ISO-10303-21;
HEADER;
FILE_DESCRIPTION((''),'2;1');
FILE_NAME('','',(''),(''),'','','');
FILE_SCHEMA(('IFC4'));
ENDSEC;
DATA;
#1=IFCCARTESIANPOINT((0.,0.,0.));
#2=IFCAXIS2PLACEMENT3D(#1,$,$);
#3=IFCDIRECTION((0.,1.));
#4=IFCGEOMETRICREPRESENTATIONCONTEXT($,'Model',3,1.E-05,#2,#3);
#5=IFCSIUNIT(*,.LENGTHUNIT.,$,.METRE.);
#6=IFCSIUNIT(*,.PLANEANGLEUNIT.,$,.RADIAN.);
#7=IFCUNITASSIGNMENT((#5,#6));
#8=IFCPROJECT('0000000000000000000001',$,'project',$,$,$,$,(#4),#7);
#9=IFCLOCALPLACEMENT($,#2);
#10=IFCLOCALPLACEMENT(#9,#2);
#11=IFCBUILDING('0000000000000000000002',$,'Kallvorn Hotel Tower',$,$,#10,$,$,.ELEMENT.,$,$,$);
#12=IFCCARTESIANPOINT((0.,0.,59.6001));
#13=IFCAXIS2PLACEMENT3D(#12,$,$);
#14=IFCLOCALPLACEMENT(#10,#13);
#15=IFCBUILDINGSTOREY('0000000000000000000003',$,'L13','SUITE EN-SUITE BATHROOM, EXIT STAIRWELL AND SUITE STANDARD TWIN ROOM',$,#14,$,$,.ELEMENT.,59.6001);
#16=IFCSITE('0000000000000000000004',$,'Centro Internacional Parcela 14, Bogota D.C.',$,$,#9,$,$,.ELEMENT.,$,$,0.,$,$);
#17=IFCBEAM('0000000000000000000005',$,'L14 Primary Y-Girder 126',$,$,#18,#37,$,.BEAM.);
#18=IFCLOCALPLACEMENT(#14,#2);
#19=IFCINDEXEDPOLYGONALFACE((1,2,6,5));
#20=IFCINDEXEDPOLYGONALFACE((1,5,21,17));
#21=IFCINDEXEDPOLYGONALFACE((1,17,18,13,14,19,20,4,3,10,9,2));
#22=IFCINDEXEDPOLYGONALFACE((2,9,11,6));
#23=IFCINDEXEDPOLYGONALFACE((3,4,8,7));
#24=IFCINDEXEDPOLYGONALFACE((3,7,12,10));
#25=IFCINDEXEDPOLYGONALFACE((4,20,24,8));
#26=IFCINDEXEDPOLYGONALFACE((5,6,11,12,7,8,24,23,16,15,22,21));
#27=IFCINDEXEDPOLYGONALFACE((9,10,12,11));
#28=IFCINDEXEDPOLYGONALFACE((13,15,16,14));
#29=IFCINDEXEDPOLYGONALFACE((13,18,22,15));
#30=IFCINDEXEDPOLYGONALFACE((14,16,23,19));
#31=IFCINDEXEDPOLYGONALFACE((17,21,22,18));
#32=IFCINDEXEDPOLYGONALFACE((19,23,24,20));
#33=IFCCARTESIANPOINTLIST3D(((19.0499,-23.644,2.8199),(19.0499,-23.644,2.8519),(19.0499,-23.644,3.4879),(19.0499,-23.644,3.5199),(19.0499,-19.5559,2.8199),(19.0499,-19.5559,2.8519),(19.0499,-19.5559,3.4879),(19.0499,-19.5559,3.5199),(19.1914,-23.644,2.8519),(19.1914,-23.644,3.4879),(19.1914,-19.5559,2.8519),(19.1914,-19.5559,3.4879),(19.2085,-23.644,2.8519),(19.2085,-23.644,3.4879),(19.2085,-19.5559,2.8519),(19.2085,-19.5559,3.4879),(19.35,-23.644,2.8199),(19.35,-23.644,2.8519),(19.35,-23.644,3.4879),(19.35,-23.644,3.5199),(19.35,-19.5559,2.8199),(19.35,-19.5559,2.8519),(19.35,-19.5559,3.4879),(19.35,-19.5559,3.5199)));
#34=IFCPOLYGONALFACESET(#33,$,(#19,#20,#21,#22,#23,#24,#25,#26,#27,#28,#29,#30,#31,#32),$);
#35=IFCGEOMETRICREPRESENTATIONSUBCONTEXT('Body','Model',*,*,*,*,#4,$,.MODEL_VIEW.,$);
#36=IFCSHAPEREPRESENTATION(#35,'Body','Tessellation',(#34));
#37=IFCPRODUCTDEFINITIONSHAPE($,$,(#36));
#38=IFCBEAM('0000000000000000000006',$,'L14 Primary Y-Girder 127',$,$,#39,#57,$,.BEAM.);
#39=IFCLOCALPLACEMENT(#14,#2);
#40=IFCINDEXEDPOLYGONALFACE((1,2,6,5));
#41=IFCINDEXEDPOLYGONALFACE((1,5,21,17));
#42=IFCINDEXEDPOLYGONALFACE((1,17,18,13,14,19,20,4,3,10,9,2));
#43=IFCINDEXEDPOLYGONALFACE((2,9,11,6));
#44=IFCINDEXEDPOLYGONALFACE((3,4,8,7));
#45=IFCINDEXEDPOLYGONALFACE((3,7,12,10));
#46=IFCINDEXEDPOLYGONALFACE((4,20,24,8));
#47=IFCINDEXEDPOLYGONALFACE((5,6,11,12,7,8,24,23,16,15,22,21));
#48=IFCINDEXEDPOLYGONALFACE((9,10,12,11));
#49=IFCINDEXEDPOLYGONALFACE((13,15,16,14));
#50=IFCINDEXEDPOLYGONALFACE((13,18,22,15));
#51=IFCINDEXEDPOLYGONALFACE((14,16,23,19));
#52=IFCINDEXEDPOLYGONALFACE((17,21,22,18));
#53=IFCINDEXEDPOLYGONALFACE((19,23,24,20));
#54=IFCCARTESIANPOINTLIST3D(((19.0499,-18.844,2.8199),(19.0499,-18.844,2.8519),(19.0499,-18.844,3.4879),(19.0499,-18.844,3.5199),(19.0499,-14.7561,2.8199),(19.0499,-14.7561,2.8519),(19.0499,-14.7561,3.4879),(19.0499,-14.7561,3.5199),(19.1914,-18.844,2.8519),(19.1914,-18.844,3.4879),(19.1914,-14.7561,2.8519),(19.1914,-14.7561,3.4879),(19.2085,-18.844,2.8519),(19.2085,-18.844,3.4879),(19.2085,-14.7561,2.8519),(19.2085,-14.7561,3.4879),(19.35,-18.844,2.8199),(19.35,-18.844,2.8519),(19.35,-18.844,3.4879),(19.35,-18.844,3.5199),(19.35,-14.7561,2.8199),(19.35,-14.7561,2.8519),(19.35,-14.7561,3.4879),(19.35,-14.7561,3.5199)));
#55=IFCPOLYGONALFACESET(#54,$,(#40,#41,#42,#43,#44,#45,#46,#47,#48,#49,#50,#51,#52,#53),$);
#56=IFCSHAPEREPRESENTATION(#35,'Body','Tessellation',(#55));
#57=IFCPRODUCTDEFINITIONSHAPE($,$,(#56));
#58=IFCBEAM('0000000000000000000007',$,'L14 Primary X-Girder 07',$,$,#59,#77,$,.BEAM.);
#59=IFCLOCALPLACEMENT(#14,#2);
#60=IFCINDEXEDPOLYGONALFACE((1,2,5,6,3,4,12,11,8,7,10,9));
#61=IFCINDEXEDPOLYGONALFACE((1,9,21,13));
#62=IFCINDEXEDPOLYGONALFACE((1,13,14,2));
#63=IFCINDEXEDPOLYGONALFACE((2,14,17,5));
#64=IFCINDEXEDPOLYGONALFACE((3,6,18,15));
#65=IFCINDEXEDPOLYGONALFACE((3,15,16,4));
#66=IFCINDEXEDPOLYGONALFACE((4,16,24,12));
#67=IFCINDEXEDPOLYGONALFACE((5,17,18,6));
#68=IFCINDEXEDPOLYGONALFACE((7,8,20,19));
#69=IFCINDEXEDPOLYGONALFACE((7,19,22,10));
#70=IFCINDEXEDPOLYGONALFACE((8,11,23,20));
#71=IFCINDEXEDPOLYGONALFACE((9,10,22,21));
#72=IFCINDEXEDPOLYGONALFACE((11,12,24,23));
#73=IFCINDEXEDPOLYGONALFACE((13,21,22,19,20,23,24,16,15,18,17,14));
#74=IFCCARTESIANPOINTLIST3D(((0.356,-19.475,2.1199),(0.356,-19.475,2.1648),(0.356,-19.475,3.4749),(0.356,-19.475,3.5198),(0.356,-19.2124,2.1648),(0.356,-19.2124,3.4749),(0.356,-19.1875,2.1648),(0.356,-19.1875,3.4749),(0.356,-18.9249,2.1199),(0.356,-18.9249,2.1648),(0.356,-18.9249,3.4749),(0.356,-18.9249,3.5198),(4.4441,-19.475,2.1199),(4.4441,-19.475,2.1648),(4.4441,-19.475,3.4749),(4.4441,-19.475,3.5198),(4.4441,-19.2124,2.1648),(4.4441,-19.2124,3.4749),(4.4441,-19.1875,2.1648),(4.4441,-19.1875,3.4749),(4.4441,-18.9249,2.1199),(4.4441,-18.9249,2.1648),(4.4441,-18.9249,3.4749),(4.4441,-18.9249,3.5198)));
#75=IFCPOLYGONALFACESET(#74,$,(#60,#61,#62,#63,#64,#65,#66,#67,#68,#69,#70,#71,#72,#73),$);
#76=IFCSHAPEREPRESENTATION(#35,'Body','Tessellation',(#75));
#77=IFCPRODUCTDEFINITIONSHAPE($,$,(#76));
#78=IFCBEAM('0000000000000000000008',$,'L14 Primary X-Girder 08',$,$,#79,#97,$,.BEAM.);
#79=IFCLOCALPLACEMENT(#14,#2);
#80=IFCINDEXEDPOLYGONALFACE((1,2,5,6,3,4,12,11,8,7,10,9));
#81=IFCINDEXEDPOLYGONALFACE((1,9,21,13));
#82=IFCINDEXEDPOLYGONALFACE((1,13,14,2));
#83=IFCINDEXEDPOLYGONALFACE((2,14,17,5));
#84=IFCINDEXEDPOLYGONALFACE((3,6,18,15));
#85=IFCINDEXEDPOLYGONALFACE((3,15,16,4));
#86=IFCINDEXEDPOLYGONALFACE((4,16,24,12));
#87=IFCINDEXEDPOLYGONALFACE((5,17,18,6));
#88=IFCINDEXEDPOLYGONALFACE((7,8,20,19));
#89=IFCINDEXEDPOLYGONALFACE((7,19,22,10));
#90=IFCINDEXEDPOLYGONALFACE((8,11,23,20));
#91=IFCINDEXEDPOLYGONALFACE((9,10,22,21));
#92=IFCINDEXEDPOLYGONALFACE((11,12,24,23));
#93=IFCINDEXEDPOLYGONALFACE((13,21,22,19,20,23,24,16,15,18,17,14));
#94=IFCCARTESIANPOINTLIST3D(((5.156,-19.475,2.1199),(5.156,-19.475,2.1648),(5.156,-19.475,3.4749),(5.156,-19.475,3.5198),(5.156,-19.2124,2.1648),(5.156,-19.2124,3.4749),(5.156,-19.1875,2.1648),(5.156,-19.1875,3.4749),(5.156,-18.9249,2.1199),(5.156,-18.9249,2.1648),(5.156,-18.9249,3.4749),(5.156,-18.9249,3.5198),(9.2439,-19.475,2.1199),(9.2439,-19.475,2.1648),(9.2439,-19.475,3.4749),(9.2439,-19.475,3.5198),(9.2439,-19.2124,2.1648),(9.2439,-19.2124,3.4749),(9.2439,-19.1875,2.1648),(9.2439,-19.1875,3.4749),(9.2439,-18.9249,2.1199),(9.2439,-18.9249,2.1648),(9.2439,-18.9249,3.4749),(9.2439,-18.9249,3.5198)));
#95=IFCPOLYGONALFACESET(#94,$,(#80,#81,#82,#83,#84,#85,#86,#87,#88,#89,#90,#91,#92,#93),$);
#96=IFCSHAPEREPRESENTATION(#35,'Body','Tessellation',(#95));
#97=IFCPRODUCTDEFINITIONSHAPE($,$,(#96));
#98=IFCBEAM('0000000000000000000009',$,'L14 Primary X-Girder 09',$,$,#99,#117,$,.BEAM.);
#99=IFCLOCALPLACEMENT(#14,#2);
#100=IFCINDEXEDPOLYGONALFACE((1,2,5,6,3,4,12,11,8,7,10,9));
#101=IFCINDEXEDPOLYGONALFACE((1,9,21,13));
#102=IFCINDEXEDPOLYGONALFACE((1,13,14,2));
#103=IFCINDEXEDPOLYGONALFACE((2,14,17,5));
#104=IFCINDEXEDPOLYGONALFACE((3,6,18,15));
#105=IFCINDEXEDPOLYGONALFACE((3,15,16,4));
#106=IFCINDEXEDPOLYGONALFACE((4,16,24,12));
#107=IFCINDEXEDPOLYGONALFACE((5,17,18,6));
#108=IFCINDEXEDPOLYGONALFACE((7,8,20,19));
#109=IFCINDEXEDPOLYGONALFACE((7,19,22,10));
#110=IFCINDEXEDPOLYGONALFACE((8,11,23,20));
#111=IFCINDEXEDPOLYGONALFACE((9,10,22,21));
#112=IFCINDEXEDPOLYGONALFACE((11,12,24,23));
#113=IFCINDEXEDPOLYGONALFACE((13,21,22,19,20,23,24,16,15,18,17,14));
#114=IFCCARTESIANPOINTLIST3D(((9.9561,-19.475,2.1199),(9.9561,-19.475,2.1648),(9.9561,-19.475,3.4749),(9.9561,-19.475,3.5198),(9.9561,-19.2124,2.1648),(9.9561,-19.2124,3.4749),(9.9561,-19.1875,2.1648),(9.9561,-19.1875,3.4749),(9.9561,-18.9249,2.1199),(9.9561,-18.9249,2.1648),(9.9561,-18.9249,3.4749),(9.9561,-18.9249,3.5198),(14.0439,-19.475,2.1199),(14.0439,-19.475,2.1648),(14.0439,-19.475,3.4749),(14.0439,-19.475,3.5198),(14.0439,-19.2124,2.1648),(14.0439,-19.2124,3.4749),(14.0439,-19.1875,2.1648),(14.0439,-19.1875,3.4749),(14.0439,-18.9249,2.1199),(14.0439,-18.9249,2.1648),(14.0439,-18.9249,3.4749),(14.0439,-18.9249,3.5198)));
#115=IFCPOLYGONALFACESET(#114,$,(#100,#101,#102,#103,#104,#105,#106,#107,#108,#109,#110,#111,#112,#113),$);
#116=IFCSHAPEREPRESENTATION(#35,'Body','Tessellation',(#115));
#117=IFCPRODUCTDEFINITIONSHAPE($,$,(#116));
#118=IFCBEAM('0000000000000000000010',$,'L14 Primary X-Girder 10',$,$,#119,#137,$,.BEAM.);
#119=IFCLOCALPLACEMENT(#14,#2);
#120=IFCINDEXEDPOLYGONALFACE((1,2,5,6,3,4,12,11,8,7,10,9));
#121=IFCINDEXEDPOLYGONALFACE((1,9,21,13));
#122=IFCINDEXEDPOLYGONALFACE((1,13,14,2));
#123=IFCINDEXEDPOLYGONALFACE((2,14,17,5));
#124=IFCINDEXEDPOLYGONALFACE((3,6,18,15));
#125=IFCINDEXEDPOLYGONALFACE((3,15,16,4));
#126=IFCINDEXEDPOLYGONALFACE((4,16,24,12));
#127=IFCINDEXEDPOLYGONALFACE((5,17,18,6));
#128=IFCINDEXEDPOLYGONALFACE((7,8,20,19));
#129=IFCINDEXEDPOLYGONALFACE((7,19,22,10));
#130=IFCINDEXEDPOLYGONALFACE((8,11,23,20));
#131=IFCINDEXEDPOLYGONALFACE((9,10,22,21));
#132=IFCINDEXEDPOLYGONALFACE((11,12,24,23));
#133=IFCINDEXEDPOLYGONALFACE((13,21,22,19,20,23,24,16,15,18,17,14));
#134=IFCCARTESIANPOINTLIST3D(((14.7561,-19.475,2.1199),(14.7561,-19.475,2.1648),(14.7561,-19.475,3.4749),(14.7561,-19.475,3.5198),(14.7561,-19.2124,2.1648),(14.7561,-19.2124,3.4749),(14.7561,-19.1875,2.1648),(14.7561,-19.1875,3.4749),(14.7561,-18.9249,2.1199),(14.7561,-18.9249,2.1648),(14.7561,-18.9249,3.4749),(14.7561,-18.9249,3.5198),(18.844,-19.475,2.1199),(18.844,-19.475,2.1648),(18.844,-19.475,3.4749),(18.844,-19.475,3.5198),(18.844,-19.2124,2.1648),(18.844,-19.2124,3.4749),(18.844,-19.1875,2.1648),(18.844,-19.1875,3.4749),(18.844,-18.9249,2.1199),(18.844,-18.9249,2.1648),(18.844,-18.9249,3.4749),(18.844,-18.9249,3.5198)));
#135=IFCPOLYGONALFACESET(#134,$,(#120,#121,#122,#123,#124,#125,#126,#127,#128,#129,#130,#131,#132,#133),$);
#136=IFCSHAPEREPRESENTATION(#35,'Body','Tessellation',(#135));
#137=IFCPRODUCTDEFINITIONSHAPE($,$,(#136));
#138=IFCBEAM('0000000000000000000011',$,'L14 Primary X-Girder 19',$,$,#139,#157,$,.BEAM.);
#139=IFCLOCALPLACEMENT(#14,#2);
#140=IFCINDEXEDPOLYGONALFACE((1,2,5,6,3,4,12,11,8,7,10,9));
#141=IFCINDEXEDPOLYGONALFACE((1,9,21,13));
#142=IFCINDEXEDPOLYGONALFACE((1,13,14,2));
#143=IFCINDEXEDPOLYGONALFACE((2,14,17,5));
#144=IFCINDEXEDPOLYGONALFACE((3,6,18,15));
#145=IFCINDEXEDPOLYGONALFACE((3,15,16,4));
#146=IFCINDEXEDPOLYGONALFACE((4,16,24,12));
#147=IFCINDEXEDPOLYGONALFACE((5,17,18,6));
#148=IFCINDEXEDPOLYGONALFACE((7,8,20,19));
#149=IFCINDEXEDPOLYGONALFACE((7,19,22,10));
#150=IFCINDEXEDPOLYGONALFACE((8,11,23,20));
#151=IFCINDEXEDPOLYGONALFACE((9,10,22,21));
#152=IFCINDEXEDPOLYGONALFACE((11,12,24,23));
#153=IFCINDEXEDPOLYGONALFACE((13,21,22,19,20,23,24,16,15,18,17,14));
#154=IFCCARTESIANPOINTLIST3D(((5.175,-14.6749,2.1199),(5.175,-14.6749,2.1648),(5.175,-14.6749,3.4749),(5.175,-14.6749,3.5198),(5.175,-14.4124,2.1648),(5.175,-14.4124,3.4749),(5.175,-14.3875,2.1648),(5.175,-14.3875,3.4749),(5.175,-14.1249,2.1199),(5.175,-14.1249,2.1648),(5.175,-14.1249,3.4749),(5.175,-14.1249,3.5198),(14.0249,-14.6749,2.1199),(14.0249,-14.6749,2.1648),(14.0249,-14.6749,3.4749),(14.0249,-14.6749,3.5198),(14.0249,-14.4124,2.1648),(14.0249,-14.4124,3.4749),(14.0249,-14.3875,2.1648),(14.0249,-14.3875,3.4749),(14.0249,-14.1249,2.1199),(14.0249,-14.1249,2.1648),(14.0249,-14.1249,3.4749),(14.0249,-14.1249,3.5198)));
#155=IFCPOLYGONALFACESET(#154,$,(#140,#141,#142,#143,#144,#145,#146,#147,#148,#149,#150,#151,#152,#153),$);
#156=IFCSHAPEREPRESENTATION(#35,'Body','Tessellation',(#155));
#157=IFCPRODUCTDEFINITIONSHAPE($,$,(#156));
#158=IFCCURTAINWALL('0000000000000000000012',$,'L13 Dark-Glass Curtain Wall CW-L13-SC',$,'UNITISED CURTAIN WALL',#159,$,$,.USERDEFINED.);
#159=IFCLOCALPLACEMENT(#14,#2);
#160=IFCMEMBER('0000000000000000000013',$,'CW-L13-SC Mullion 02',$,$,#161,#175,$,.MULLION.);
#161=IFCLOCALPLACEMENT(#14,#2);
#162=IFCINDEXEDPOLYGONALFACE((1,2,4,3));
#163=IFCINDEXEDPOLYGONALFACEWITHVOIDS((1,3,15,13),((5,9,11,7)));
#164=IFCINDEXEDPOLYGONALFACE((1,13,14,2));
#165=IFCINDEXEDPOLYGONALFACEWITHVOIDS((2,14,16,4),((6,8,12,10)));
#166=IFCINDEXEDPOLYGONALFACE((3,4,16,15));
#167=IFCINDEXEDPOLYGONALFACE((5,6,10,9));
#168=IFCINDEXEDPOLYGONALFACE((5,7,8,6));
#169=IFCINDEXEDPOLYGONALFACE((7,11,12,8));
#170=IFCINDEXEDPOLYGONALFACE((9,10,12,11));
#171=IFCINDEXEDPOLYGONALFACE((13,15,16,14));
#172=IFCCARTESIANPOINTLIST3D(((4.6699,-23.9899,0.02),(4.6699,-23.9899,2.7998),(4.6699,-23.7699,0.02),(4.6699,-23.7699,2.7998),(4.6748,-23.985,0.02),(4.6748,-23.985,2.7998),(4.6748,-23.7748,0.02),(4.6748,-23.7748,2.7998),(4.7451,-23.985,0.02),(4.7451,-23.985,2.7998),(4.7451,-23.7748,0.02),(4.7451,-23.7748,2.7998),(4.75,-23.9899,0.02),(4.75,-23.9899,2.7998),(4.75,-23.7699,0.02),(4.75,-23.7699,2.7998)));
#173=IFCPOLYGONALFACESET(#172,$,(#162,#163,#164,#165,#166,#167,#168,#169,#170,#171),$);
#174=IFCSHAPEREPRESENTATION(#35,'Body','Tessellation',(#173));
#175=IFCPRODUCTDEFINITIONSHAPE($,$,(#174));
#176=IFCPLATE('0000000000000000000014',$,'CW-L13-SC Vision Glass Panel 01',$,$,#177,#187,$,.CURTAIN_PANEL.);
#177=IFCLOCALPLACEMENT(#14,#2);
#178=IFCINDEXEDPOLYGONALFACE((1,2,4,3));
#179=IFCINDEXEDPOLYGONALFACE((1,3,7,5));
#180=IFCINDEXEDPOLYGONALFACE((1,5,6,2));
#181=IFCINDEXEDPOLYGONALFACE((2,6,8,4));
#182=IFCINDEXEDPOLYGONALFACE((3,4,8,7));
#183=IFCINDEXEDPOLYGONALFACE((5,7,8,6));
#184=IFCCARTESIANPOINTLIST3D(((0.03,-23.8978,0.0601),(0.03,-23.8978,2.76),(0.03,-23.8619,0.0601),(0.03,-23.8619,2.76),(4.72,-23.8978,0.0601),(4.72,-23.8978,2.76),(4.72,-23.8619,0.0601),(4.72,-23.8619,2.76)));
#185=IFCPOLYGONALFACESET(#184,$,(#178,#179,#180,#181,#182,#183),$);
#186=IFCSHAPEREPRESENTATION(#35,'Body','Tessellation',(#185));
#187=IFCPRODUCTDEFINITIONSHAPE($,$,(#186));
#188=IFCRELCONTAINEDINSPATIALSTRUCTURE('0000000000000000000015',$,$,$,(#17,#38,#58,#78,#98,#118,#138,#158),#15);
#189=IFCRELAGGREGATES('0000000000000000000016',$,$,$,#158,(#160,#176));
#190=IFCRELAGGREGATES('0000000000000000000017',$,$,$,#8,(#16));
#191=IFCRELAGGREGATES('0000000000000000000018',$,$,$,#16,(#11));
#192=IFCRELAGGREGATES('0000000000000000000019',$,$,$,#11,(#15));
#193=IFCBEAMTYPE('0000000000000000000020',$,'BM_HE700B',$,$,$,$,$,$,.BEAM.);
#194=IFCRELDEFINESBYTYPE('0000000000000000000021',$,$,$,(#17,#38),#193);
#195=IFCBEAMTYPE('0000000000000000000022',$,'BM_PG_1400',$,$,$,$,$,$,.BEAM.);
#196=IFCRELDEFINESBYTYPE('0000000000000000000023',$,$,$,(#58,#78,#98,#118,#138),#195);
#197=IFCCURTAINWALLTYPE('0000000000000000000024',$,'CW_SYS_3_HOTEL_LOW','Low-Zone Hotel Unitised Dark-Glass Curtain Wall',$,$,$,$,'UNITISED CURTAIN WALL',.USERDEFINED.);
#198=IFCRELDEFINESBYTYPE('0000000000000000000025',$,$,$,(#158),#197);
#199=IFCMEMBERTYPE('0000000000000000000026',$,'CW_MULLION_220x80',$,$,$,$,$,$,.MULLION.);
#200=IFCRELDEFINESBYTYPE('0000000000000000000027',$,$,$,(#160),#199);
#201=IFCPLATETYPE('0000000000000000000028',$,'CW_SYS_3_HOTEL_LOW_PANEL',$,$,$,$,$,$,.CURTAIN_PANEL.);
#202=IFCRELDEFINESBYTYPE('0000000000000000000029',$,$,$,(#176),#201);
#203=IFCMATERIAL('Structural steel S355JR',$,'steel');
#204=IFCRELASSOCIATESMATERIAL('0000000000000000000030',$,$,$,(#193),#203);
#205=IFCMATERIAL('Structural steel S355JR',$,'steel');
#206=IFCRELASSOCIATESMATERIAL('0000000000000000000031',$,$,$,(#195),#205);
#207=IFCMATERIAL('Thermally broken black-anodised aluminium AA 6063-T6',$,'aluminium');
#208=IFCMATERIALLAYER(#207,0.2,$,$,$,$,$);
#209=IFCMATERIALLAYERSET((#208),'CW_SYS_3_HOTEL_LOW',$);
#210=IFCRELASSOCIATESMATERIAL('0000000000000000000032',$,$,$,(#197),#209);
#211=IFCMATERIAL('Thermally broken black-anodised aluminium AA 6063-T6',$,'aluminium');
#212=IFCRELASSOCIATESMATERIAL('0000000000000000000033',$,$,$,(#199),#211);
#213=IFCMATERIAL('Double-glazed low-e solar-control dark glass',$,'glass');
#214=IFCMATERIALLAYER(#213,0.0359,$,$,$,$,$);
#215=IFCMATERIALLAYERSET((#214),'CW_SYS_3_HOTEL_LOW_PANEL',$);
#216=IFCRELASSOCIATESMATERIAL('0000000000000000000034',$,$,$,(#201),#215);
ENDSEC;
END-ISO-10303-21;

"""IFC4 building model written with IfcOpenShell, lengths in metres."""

from ifc_helpers import new_model, si_unit, direction, frame, origin, origin_2d, place, context, subcontext, project, spatial, rectangle, hollow_rectangle, i_section, extrude, material, layer, layer_set, material_profile, profile_set, type_object, element, aggregate, save


model = new_model("IFC4")

# Units and contexts
model_context = context("Model", 3, precision=1e-05, world=origin(), true_north=direction((0.0, 1.0)))
body_context = subcontext(model_context, "Body", "Model", "MODEL_VIEW")
ifc_project = project(units=[si_unit("LENGTHUNIT", "METRE"), si_unit("PLANEANGLEUNIT", "RADIAN")], contexts=[model_context])

# Site, building, storey
site_placement = place(None, origin())
site = spatial("IfcSite", under=ifc_project, at=site_placement, Name="Centro Internacional Parcela 14, Bogota D.C.", CompositionType="ELEMENT", RefElevation=0.0)
building_placement = place(site_placement, origin())
building = spatial("IfcBuilding", under=site, at=building_placement, Name="Kallvorn Hotel Tower", CompositionType="ELEMENT")
storey_placement = place(building_placement, frame((0.0, 0.0, 59.6001)))
storey = spatial("IfcBuildingStorey", under=building, at=storey_placement, Name="L13", Description="SUITE EN-SUITE BATHROOM, EXIT STAIRWELL AND SUITE STANDARD TWIN ROOM", CompositionType="ELEMENT", Elevation=59.6001)

# Beams
ifc_material_1 = material(Name="Structural steel S355JR", Category="steel")
ifc_material_profile_1 = material_profile(ifc_material_1, i_section(OverallWidth=0.3, OverallDepth=0.7, WebThickness=0.0171, FlangeThickness=0.032, at=origin_2d()), Name="HE 700 B")
ifc_profile_set_1 = profile_set([ifc_material_profile_1], Name="Structural steel S355JR")
beam_type_1 = type_object("IfcBeamType", Name="BM_HE700B", PredefinedType="BEAM", material=ifc_profile_set_1)
beam_1_placement = place(storey_placement, frame((19.2, -23.644, 3.1699), z_axis=(0.0, 1.0, 0.0), x_axis=(-1.0, 0.0, 0.0)))
element("IfcBeam", 1, at=beam_1_placement, inside=storey, type_object=beam_type_1, Name="L14 Primary Y-Girder 126", PredefinedType="BEAM", context=body_context, shape_type="SweptSolid", body=[
    extrude(i_section(OverallWidth=0.3, OverallDepth=0.7, WebThickness=0.0171, FlangeThickness=0.032, at=origin_2d()), origin(), (0.0, 0.0, 1.0), 4.0881),
])
beam_2_placement = place(storey_placement, frame((19.2, -18.844, 3.1699), z_axis=(0.0, 1.0, 0.0), x_axis=(-1.0, 0.0, 0.0)))
element("IfcBeam", 2, at=beam_2_placement, inside=storey, type_object=beam_type_1, Name="L14 Primary Y-Girder 127", PredefinedType="BEAM", context=body_context, shape_type="SweptSolid", body=[
    extrude(i_section(OverallWidth=0.3, OverallDepth=0.7, WebThickness=0.0171, FlangeThickness=0.032, at=origin_2d()), origin(), (0.0, 0.0, 1.0), 4.0879),
])
ifc_material_2 = material(Name="Structural steel S355JR", Category="steel")
ifc_material_profile_2 = material_profile(ifc_material_2, i_section(OverallWidth=0.55, OverallDepth=1.3999, WebThickness=0.0249, FlangeThickness=0.0449, at=origin_2d()), Name="PG 1400x550x25x45")
ifc_profile_set_2 = profile_set([ifc_material_profile_2], Name="Structural steel S355JR")
beam_type_2 = type_object("IfcBeamType", Name="BM_PG_1400", PredefinedType="BEAM", material=ifc_profile_set_2)
beam_3_placement = place(storey_placement, frame((0.356, -19.2, 2.8198), z_axis=(1.0, 0.0, 0.0), x_axis=(0.0, 1.0, 0.0)))
element("IfcBeam", 3, at=beam_3_placement, inside=storey, type_object=beam_type_2, Name="L14 Primary X-Girder 07", PredefinedType="BEAM", context=body_context, shape_type="SweptSolid", body=[
    extrude(i_section(OverallWidth=0.55, OverallDepth=1.3999, WebThickness=0.0249, FlangeThickness=0.0449, at=origin_2d()), origin(), (0.0, 0.0, 1.0), 4.0881),
])
for number, where, z_axis, x_axis, name in (
    (4, (5.156, -19.2, 2.8198), (1.0, 0.0, 0.0), (0.0, 1.0, 0.0), "L14 Primary X-Girder 08"),
    (5, (9.9561, -19.2, 2.8198), (1.0, 0.0, 0.0), (0.0, 1.0, 0.0), "L14 Primary X-Girder 09"),
    (6, (14.7561, -19.2, 2.8198), (1.0, 0.0, 0.0), (0.0, 1.0, 0.0), "L14 Primary X-Girder 10"),
):
    element("IfcBeam", number, at=place(storey_placement, frame(where, z_axis=z_axis, x_axis=x_axis)), inside=storey, type_object=beam_type_2, Name=name, PredefinedType="BEAM", context=body_context, shape_type="SweptSolid", body=[
        extrude(i_section(OverallWidth=0.55, OverallDepth=1.3999, WebThickness=0.0249, FlangeThickness=0.0449, at=origin_2d()), origin(), (0.0, 0.0, 1.0), 4.0879),
    ])
beam_4_placement = place(storey_placement, frame((5.175, -14.3999, 2.8198), z_axis=(1.0, 0.0, 0.0), x_axis=(0.0, 1.0, 0.0)))
element("IfcBeam", 7, at=beam_4_placement, inside=storey, type_object=beam_type_2, Name="L14 Primary X-Girder 19", PredefinedType="BEAM", context=body_context, shape_type="SweptSolid", body=[
    extrude(i_section(OverallWidth=0.55, OverallDepth=1.3999, WebThickness=0.0249, FlangeThickness=0.0449, at=origin_2d()), origin(), (0.0, 0.0, 1.0), 8.8499),
])

# Curtain wall, member, plate
ifc_material_3 = material(Name="Thermally broken black-anodised aluminium AA 6063-T6", Category="aluminium")
ifc_layer_1 = layer(ifc_material_3, 0.2)
ifc_layer_set_1 = layer_set([ifc_layer_1], Name="CW_SYS_3_HOTEL_LOW")
curtain_wall_type = type_object("IfcCurtainWallType", Name="CW_SYS_3_HOTEL_LOW", Description="Low-Zone Hotel Unitised Dark-Glass Curtain Wall", ElementType="UNITISED CURTAIN WALL", PredefinedType="USERDEFINED", material=ifc_layer_set_1)
curtain_wall_placement = place(storey_placement, origin())
curtain_wall = element("IfcCurtainWall", 8, at=curtain_wall_placement, inside=storey, type_object=curtain_wall_type, Name="L13 Dark-Glass Curtain Wall CW-L13-SC", ObjectType="UNITISED CURTAIN WALL", PredefinedType="USERDEFINED")
ifc_material_4 = material(Name="Thermally broken black-anodised aluminium AA 6063-T6", Category="aluminium")
ifc_material_profile_3 = material_profile(ifc_material_4, hollow_rectangle(XDim=0.0801, YDim=0.22, WallThickness=0.0049, at=origin_2d()), Name="MUL 220x80")
ifc_profile_set_3 = profile_set([ifc_material_profile_3], Name="Thermally broken black-anodised aluminium AA 6063-T6")
member_type = type_object("IfcMemberType", Name="CW_MULLION_220x80", PredefinedType="MULLION", material=ifc_profile_set_3)
member_placement = place(storey_placement, frame((4.71, -23.8799, 0.02), z_axis=(0.0, 0.0, 1.0), x_axis=(1.0, 0.0, 0.0)))
member = element("IfcMember", 9, at=member_placement, type_object=member_type, Name="CW-L13-SC Mullion 02", PredefinedType="MULLION", context=body_context, shape_type="SweptSolid", body=[
    extrude(hollow_rectangle(XDim=0.0801, YDim=0.22, WallThickness=0.0049, at=origin_2d()), origin(), (0.0, 0.0, 1.0), 2.7798),
])
ifc_material_5 = material(Name="Double-glazed low-e solar-control dark glass", Category="glass")
ifc_layer_2 = layer(ifc_material_5, 0.0359)
ifc_layer_set_2 = layer_set([ifc_layer_2], Name="CW_SYS_3_HOTEL_LOW_PANEL")
plate_type = type_object("IfcPlateType", Name="CW_SYS_3_HOTEL_LOW_PANEL", PredefinedType="CURTAIN_PANEL", material=ifc_layer_set_2)
plate_placement = place(storey_placement, frame((2.375, -23.8799, 0.0601), z_axis=(0.0, 0.0, 1.0), x_axis=(1.0, 0.0, 0.0)))
plate = element("IfcPlate", 10, at=plate_placement, type_object=plate_type, Name="CW-L13-SC Vision Glass Panel 01", PredefinedType="CURTAIN_PANEL", context=body_context, shape_type="SweptSolid", body=[
    extrude(rectangle(XDim=4.6899, YDim=0.0359, at=origin_2d()), origin(), (0.0, 0.0, 1.0), 2.7),
])
aggregate(curtain_wall, [member, plate])

save(model, "model.ifc")
